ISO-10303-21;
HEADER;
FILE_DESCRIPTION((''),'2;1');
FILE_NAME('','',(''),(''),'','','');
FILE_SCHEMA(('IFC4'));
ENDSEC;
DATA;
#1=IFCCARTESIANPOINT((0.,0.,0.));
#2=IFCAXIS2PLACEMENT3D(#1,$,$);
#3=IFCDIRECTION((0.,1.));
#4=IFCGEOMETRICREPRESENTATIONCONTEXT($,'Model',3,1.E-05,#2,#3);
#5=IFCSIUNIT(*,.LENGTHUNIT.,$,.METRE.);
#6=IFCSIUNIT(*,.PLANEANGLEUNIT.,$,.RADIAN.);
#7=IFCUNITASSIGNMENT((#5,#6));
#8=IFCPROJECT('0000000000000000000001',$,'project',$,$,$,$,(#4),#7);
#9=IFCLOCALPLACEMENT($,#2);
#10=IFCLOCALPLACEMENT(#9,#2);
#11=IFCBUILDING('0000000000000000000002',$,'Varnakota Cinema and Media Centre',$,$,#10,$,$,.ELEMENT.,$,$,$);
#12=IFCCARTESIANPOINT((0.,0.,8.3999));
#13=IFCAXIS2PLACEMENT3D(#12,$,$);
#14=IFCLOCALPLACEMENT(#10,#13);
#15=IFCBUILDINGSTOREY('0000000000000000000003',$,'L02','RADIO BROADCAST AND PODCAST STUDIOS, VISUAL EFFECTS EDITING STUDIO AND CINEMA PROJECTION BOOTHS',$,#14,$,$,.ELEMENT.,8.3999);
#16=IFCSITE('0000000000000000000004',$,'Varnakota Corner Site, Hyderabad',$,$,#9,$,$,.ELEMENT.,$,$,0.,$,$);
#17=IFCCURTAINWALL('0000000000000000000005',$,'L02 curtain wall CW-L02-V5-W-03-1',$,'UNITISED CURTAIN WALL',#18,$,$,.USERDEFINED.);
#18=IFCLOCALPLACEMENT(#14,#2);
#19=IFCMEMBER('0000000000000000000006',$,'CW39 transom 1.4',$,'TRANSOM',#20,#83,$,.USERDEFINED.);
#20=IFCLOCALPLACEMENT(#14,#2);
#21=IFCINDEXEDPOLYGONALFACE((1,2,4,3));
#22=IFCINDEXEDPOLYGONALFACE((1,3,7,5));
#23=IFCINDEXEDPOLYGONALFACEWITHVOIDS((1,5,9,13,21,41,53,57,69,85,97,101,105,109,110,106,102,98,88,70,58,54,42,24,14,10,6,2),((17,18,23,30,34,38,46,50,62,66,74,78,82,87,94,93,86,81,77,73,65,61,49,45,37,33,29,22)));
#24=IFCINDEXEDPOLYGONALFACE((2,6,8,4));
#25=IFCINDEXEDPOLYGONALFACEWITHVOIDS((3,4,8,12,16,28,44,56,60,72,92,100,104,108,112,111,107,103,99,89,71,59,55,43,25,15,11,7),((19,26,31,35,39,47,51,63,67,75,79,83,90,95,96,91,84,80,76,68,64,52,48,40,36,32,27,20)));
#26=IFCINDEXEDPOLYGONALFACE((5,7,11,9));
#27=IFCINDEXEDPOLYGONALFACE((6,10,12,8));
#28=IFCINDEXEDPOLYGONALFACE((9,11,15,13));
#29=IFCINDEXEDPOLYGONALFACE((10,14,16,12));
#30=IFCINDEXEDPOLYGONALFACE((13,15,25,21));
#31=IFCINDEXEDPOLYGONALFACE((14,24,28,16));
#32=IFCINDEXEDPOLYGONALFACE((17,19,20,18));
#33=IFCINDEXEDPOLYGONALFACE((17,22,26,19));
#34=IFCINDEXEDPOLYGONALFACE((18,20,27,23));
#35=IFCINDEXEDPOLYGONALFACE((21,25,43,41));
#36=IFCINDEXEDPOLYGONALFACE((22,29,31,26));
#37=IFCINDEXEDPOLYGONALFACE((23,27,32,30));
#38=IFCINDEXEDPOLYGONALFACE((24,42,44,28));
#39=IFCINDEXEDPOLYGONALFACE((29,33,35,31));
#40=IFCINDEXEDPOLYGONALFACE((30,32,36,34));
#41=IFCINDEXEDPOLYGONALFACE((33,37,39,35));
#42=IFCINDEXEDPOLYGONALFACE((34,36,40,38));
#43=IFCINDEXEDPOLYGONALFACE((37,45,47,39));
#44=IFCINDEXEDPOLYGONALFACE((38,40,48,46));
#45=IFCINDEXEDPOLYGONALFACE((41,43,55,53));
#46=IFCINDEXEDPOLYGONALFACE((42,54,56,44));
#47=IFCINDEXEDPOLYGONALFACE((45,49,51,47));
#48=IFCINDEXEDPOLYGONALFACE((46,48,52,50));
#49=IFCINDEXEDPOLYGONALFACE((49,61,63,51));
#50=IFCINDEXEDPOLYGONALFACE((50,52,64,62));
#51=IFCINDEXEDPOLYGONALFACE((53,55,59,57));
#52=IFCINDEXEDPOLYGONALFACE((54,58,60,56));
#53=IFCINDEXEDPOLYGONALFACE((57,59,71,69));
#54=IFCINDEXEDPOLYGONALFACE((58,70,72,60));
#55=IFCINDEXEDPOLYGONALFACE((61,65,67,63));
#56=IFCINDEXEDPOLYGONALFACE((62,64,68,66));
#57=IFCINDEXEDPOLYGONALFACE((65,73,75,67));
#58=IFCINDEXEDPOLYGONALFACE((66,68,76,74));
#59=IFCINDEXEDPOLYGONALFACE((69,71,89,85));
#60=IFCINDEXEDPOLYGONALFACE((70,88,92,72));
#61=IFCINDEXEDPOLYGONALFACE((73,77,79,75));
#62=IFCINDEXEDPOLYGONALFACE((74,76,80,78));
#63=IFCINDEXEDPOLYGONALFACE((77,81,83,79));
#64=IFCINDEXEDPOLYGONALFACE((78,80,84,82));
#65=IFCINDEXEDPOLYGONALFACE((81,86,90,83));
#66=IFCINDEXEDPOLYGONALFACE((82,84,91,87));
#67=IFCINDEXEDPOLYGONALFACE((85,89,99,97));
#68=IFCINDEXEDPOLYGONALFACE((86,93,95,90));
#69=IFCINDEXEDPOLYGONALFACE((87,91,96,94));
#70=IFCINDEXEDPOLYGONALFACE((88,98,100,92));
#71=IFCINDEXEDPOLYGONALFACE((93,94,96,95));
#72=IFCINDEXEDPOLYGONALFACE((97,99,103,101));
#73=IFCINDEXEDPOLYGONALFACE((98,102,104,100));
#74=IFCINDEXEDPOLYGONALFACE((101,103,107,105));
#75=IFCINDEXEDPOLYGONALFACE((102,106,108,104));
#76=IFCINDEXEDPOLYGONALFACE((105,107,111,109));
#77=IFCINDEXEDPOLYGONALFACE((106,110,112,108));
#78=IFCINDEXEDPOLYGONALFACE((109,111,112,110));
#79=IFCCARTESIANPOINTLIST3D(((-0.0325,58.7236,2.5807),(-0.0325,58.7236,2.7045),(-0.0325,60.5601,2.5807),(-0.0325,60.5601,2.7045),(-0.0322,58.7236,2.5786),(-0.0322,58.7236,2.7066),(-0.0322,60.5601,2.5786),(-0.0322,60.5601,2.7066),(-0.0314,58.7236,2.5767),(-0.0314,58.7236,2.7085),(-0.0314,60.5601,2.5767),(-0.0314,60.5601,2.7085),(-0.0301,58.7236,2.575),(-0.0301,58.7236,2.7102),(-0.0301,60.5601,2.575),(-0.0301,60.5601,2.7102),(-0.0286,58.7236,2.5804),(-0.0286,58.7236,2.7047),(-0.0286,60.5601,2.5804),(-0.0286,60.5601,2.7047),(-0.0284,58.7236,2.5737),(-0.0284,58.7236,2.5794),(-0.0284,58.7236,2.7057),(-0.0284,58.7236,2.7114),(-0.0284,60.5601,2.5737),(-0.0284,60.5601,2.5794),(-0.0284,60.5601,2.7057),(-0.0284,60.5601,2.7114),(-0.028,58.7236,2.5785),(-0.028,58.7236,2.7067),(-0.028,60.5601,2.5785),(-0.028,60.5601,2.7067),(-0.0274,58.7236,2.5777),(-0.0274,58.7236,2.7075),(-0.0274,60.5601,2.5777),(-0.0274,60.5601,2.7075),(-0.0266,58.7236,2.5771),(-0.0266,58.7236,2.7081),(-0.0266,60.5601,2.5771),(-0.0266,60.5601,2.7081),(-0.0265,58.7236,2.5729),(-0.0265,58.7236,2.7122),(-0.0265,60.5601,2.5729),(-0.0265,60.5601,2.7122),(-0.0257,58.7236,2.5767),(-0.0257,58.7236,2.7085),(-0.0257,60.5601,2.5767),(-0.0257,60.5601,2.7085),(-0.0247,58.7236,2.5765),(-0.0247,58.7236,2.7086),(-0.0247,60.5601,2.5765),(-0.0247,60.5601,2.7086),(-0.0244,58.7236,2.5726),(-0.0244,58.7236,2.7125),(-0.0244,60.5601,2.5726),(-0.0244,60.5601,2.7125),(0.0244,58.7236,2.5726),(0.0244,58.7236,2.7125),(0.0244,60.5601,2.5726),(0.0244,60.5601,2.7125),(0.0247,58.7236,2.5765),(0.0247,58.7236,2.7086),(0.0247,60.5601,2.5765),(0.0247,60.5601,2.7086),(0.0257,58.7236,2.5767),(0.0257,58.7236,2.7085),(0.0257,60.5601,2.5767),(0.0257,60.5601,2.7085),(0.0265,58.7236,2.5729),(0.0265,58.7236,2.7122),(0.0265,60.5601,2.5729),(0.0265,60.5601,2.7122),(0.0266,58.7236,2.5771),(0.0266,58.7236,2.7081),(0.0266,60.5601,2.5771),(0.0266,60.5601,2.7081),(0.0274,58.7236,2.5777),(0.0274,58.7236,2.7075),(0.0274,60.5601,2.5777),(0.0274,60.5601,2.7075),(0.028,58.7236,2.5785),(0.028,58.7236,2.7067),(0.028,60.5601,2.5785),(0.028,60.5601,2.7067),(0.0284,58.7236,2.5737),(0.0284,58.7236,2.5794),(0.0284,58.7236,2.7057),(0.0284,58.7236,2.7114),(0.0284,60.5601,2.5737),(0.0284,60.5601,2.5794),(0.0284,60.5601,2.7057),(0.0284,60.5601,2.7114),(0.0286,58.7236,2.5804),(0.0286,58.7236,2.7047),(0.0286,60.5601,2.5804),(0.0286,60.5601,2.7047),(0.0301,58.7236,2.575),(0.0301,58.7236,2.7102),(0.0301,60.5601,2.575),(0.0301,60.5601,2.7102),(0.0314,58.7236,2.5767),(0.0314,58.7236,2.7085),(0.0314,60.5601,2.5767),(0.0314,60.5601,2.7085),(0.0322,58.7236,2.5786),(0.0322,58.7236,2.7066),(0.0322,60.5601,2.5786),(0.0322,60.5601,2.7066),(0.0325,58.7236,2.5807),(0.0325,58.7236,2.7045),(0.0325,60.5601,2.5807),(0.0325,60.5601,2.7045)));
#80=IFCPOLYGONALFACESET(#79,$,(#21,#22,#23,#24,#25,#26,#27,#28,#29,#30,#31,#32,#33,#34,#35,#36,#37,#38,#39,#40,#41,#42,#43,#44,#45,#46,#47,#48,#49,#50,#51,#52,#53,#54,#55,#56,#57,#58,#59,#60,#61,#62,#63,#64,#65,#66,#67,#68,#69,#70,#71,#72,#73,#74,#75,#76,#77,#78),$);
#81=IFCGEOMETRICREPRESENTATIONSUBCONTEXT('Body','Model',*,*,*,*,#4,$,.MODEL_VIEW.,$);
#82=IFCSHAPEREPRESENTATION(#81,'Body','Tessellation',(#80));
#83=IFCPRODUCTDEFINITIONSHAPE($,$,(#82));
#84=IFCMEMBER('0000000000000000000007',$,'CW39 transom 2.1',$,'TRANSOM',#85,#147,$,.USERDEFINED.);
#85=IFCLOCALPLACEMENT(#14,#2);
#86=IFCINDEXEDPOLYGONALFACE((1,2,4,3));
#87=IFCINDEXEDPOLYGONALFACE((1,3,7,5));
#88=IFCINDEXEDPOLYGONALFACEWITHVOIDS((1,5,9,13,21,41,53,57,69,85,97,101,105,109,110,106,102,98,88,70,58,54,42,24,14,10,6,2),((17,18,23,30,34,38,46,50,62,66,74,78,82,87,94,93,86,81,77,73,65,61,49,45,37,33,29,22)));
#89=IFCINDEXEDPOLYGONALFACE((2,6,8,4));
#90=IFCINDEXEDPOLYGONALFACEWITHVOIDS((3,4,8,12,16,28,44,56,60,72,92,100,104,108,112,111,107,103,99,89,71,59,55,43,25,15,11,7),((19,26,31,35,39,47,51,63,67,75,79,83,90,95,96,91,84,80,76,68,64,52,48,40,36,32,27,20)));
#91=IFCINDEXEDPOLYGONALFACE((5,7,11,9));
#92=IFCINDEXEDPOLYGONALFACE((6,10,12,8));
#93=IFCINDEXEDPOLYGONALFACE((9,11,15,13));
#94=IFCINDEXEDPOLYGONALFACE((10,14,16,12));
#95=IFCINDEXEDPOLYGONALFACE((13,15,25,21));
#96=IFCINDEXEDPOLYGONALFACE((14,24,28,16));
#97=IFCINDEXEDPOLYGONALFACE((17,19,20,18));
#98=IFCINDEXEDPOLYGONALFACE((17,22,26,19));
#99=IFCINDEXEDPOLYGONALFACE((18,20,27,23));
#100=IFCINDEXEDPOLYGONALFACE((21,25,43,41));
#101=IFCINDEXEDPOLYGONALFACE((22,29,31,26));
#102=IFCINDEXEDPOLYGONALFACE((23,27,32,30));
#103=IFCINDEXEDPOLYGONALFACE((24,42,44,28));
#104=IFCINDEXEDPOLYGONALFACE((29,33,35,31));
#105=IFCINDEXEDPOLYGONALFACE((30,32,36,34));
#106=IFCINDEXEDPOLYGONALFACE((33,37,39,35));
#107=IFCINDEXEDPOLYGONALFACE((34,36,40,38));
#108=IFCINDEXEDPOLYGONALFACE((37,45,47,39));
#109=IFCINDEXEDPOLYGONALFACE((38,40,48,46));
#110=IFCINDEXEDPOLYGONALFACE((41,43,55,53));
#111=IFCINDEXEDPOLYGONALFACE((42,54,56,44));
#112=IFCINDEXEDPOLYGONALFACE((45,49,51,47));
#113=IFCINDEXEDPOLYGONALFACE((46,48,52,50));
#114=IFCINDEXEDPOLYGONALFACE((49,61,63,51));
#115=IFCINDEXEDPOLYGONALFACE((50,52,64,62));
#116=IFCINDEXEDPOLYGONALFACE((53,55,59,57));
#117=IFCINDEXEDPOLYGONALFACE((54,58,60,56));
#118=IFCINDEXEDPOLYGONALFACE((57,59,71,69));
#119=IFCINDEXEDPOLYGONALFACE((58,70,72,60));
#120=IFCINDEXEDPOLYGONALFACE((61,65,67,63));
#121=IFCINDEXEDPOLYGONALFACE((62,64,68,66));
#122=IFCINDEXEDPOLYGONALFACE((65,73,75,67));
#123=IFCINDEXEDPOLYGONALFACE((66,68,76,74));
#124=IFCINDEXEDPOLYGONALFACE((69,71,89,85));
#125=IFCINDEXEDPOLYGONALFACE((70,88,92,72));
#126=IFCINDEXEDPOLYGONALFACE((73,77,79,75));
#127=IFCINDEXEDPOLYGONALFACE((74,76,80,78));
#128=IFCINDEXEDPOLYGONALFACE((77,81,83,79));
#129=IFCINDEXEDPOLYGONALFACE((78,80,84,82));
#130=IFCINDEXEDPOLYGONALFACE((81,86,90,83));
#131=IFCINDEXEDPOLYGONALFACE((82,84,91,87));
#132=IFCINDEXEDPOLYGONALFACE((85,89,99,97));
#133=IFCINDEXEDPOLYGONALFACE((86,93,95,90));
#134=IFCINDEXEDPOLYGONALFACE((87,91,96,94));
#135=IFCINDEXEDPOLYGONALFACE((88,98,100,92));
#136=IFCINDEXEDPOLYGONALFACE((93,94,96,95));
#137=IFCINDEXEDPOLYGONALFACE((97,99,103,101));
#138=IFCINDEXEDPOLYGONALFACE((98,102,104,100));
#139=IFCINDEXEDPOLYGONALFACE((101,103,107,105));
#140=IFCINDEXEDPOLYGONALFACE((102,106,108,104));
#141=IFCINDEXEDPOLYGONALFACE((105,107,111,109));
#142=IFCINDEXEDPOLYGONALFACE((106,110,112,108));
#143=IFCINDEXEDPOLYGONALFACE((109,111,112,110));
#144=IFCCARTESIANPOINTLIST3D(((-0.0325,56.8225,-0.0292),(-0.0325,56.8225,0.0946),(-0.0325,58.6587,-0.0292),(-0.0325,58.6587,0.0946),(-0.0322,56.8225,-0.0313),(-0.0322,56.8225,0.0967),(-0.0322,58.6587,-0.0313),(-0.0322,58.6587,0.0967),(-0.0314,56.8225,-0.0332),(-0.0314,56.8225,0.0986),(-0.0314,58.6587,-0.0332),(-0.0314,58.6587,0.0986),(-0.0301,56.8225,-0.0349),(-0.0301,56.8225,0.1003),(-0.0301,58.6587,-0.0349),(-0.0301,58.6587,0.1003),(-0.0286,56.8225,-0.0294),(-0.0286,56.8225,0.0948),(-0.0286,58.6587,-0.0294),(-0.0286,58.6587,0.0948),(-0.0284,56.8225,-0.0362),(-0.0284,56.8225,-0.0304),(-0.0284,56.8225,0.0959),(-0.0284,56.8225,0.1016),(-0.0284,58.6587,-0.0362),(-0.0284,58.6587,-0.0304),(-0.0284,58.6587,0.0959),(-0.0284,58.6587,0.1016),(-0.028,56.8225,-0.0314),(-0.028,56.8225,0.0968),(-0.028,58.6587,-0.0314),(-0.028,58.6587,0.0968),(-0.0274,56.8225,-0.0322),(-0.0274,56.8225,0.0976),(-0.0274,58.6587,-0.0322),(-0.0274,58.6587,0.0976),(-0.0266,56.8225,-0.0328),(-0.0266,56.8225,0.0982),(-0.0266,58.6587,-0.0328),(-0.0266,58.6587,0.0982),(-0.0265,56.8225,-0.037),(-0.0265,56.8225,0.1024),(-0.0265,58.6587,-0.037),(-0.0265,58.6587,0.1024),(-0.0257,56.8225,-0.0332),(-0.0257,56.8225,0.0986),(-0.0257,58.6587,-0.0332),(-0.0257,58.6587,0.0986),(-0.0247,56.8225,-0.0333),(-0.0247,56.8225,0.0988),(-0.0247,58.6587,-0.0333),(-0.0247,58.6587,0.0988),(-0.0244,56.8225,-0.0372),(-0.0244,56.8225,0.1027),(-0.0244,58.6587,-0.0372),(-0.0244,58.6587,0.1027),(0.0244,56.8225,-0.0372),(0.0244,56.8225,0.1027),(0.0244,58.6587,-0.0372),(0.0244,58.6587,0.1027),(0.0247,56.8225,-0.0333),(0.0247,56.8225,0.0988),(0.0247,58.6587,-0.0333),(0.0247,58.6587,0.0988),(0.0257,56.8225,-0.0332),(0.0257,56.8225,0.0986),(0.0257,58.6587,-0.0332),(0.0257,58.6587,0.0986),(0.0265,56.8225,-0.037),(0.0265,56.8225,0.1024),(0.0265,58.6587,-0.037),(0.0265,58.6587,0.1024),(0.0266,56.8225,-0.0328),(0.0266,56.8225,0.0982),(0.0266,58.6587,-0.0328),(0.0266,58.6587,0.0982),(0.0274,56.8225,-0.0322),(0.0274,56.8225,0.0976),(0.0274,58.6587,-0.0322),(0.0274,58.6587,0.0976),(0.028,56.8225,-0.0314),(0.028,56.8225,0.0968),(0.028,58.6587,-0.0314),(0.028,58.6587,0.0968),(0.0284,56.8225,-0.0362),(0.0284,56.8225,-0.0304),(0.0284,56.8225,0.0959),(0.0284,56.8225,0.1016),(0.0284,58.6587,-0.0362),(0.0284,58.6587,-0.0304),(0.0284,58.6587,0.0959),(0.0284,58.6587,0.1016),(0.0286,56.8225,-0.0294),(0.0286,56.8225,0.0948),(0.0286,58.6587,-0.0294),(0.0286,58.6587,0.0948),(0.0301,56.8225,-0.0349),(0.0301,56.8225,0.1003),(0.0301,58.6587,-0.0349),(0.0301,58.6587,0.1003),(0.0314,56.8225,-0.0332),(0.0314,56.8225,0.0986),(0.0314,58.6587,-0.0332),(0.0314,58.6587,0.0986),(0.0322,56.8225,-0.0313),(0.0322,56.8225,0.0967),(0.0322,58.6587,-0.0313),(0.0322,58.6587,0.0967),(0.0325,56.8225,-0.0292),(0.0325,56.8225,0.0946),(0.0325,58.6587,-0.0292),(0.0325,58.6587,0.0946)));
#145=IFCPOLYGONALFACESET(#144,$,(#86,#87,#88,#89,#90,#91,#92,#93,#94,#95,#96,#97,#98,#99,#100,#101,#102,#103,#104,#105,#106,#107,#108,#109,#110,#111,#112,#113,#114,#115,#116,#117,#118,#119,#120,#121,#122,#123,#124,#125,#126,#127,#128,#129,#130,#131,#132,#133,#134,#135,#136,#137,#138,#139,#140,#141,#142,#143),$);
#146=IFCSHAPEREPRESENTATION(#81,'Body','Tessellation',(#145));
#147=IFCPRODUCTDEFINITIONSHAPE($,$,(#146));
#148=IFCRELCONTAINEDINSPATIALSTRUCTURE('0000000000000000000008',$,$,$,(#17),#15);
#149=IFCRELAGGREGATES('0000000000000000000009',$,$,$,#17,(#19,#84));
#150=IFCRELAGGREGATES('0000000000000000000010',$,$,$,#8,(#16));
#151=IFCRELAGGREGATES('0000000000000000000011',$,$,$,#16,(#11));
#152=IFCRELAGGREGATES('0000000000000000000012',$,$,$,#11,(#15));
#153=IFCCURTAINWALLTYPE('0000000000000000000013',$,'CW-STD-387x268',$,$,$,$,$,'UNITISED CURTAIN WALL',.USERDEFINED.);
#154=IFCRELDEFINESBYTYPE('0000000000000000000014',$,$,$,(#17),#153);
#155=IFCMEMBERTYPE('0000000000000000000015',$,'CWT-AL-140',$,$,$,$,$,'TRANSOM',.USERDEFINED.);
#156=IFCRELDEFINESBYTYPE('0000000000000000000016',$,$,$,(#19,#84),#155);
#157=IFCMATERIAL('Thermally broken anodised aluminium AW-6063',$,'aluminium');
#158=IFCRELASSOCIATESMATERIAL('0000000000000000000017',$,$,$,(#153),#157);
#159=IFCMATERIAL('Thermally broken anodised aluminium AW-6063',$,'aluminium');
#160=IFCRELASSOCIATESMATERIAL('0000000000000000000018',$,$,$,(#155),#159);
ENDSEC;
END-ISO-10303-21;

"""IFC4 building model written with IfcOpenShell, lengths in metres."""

from ifc_helpers import new_model, si_unit, direction, frame, origin, origin_2d, place, context, subcontext, project, spatial, hollow_rectangle, extrude, material, material_profile, profile_set, type_object, element, aggregate, save


model = new_model("IFC4")

# Units and contexts
model_context = context("Model", 3, precision=1e-05, world=origin(), true_north=direction((0.0, 1.0)))
body_context = subcontext(model_context, "Body", "Model", "MODEL_VIEW")
ifc_project = project(units=[si_unit("LENGTHUNIT", "METRE"), si_unit("PLANEANGLEUNIT", "RADIAN")], contexts=[model_context])

# Site, building, storey
site_placement = place(None, origin())
site = spatial("IfcSite", under=ifc_project, at=site_placement, Name="Varnakota Corner Site, Hyderabad", CompositionType="ELEMENT", RefElevation=0.0)
building_placement = place(site_placement, origin())
building = spatial("IfcBuilding", under=site, at=building_placement, Name="Varnakota Cinema and Media Centre", CompositionType="ELEMENT")
storey_placement = place(building_placement, frame((0.0, 0.0, 8.3999)))
storey = spatial("IfcBuildingStorey", under=building, at=storey_placement, Name="L02", Description="RADIO BROADCAST AND PODCAST STUDIOS, VISUAL EFFECTS EDITING STUDIO AND CINEMA PROJECTION BOOTHS", CompositionType="ELEMENT", Elevation=8.3999)

# Shared definitions
ifc_material_1 = material(Name="Thermally broken anodised aluminium AW-6063", Category="aluminium")
curtain_wall_type = type_object("IfcCurtainWallType", Name="CW-STD-387x268", ElementType="UNITISED CURTAIN WALL", PredefinedType="USERDEFINED", material=ifc_material_1)

# Curtain wall
curtain_wall_1_placement = place(storey_placement, origin())
curtain_wall_1 = element("IfcCurtainWall", 1, at=curtain_wall_1_placement, inside=storey, type_object=curtain_wall_type, Name="L02 curtain wall CW-L02-V5-W-03-1", ObjectType="UNITISED CURTAIN WALL", PredefinedType="USERDEFINED")

# Members
ifc_material_2 = material(Name="Thermally broken anodised aluminium AW-6063", Category="aluminium")
ifc_material_profile_1 = material_profile(ifc_material_2, hollow_rectangle(XDim=0.0649, YDim=0.1399, WallThickness=0.0039, InnerFilletRadius=0.0039, OuterFilletRadius=0.0081, at=origin_2d()), Name="AL-TRANSOM 140x65x4")
ifc_profile_set_1 = profile_set([ifc_material_profile_1], Name="Thermally broken anodised aluminium AW-6063")
member_type_1 = type_object("IfcMemberType", Name="CWT-AL-140", ElementType="TRANSOM", PredefinedType="USERDEFINED", material=ifc_profile_set_1)
member_1_placement = place(storey_placement, frame((0.0, 60.5601, 2.6426), z_axis=(0.0, -1.0, 0.0), x_axis=(1.0, 0.0, 0.0)))
member_1 = element("IfcMember", 2, at=member_1_placement, type_object=member_type_1, Name="CW39 transom 1.4", ObjectType="TRANSOM", PredefinedType="USERDEFINED", context=body_context, shape_type="SweptSolid", body=[
    extrude(hollow_rectangle(XDim=0.0649, YDim=0.1399, WallThickness=0.0039, InnerFilletRadius=0.0039, OuterFilletRadius=0.0081, at=origin_2d()), origin(), (0.0, 0.0, 1.0), 1.8364),
])
member_2_placement = place(storey_placement, frame((0.0, 58.6587, 0.0327), z_axis=(0.0, -1.0, 0.0), x_axis=(1.0, 0.0, 0.0)))
member_2 = element("IfcMember", 3, at=member_2_placement, type_object=member_type_1, Name="CW39 transom 2.1", ObjectType="TRANSOM", PredefinedType="USERDEFINED", context=body_context, shape_type="SweptSolid", body=[
    extrude(hollow_rectangle(XDim=0.0649, YDim=0.1399, WallThickness=0.0039, InnerFilletRadius=0.0039, OuterFilletRadius=0.0081, at=origin_2d()), origin(), (0.0, 0.0, 1.0), 1.8362),
])

aggregate(curtain_wall_1, [member_1, member_2])

save(model, "model.ifc")
